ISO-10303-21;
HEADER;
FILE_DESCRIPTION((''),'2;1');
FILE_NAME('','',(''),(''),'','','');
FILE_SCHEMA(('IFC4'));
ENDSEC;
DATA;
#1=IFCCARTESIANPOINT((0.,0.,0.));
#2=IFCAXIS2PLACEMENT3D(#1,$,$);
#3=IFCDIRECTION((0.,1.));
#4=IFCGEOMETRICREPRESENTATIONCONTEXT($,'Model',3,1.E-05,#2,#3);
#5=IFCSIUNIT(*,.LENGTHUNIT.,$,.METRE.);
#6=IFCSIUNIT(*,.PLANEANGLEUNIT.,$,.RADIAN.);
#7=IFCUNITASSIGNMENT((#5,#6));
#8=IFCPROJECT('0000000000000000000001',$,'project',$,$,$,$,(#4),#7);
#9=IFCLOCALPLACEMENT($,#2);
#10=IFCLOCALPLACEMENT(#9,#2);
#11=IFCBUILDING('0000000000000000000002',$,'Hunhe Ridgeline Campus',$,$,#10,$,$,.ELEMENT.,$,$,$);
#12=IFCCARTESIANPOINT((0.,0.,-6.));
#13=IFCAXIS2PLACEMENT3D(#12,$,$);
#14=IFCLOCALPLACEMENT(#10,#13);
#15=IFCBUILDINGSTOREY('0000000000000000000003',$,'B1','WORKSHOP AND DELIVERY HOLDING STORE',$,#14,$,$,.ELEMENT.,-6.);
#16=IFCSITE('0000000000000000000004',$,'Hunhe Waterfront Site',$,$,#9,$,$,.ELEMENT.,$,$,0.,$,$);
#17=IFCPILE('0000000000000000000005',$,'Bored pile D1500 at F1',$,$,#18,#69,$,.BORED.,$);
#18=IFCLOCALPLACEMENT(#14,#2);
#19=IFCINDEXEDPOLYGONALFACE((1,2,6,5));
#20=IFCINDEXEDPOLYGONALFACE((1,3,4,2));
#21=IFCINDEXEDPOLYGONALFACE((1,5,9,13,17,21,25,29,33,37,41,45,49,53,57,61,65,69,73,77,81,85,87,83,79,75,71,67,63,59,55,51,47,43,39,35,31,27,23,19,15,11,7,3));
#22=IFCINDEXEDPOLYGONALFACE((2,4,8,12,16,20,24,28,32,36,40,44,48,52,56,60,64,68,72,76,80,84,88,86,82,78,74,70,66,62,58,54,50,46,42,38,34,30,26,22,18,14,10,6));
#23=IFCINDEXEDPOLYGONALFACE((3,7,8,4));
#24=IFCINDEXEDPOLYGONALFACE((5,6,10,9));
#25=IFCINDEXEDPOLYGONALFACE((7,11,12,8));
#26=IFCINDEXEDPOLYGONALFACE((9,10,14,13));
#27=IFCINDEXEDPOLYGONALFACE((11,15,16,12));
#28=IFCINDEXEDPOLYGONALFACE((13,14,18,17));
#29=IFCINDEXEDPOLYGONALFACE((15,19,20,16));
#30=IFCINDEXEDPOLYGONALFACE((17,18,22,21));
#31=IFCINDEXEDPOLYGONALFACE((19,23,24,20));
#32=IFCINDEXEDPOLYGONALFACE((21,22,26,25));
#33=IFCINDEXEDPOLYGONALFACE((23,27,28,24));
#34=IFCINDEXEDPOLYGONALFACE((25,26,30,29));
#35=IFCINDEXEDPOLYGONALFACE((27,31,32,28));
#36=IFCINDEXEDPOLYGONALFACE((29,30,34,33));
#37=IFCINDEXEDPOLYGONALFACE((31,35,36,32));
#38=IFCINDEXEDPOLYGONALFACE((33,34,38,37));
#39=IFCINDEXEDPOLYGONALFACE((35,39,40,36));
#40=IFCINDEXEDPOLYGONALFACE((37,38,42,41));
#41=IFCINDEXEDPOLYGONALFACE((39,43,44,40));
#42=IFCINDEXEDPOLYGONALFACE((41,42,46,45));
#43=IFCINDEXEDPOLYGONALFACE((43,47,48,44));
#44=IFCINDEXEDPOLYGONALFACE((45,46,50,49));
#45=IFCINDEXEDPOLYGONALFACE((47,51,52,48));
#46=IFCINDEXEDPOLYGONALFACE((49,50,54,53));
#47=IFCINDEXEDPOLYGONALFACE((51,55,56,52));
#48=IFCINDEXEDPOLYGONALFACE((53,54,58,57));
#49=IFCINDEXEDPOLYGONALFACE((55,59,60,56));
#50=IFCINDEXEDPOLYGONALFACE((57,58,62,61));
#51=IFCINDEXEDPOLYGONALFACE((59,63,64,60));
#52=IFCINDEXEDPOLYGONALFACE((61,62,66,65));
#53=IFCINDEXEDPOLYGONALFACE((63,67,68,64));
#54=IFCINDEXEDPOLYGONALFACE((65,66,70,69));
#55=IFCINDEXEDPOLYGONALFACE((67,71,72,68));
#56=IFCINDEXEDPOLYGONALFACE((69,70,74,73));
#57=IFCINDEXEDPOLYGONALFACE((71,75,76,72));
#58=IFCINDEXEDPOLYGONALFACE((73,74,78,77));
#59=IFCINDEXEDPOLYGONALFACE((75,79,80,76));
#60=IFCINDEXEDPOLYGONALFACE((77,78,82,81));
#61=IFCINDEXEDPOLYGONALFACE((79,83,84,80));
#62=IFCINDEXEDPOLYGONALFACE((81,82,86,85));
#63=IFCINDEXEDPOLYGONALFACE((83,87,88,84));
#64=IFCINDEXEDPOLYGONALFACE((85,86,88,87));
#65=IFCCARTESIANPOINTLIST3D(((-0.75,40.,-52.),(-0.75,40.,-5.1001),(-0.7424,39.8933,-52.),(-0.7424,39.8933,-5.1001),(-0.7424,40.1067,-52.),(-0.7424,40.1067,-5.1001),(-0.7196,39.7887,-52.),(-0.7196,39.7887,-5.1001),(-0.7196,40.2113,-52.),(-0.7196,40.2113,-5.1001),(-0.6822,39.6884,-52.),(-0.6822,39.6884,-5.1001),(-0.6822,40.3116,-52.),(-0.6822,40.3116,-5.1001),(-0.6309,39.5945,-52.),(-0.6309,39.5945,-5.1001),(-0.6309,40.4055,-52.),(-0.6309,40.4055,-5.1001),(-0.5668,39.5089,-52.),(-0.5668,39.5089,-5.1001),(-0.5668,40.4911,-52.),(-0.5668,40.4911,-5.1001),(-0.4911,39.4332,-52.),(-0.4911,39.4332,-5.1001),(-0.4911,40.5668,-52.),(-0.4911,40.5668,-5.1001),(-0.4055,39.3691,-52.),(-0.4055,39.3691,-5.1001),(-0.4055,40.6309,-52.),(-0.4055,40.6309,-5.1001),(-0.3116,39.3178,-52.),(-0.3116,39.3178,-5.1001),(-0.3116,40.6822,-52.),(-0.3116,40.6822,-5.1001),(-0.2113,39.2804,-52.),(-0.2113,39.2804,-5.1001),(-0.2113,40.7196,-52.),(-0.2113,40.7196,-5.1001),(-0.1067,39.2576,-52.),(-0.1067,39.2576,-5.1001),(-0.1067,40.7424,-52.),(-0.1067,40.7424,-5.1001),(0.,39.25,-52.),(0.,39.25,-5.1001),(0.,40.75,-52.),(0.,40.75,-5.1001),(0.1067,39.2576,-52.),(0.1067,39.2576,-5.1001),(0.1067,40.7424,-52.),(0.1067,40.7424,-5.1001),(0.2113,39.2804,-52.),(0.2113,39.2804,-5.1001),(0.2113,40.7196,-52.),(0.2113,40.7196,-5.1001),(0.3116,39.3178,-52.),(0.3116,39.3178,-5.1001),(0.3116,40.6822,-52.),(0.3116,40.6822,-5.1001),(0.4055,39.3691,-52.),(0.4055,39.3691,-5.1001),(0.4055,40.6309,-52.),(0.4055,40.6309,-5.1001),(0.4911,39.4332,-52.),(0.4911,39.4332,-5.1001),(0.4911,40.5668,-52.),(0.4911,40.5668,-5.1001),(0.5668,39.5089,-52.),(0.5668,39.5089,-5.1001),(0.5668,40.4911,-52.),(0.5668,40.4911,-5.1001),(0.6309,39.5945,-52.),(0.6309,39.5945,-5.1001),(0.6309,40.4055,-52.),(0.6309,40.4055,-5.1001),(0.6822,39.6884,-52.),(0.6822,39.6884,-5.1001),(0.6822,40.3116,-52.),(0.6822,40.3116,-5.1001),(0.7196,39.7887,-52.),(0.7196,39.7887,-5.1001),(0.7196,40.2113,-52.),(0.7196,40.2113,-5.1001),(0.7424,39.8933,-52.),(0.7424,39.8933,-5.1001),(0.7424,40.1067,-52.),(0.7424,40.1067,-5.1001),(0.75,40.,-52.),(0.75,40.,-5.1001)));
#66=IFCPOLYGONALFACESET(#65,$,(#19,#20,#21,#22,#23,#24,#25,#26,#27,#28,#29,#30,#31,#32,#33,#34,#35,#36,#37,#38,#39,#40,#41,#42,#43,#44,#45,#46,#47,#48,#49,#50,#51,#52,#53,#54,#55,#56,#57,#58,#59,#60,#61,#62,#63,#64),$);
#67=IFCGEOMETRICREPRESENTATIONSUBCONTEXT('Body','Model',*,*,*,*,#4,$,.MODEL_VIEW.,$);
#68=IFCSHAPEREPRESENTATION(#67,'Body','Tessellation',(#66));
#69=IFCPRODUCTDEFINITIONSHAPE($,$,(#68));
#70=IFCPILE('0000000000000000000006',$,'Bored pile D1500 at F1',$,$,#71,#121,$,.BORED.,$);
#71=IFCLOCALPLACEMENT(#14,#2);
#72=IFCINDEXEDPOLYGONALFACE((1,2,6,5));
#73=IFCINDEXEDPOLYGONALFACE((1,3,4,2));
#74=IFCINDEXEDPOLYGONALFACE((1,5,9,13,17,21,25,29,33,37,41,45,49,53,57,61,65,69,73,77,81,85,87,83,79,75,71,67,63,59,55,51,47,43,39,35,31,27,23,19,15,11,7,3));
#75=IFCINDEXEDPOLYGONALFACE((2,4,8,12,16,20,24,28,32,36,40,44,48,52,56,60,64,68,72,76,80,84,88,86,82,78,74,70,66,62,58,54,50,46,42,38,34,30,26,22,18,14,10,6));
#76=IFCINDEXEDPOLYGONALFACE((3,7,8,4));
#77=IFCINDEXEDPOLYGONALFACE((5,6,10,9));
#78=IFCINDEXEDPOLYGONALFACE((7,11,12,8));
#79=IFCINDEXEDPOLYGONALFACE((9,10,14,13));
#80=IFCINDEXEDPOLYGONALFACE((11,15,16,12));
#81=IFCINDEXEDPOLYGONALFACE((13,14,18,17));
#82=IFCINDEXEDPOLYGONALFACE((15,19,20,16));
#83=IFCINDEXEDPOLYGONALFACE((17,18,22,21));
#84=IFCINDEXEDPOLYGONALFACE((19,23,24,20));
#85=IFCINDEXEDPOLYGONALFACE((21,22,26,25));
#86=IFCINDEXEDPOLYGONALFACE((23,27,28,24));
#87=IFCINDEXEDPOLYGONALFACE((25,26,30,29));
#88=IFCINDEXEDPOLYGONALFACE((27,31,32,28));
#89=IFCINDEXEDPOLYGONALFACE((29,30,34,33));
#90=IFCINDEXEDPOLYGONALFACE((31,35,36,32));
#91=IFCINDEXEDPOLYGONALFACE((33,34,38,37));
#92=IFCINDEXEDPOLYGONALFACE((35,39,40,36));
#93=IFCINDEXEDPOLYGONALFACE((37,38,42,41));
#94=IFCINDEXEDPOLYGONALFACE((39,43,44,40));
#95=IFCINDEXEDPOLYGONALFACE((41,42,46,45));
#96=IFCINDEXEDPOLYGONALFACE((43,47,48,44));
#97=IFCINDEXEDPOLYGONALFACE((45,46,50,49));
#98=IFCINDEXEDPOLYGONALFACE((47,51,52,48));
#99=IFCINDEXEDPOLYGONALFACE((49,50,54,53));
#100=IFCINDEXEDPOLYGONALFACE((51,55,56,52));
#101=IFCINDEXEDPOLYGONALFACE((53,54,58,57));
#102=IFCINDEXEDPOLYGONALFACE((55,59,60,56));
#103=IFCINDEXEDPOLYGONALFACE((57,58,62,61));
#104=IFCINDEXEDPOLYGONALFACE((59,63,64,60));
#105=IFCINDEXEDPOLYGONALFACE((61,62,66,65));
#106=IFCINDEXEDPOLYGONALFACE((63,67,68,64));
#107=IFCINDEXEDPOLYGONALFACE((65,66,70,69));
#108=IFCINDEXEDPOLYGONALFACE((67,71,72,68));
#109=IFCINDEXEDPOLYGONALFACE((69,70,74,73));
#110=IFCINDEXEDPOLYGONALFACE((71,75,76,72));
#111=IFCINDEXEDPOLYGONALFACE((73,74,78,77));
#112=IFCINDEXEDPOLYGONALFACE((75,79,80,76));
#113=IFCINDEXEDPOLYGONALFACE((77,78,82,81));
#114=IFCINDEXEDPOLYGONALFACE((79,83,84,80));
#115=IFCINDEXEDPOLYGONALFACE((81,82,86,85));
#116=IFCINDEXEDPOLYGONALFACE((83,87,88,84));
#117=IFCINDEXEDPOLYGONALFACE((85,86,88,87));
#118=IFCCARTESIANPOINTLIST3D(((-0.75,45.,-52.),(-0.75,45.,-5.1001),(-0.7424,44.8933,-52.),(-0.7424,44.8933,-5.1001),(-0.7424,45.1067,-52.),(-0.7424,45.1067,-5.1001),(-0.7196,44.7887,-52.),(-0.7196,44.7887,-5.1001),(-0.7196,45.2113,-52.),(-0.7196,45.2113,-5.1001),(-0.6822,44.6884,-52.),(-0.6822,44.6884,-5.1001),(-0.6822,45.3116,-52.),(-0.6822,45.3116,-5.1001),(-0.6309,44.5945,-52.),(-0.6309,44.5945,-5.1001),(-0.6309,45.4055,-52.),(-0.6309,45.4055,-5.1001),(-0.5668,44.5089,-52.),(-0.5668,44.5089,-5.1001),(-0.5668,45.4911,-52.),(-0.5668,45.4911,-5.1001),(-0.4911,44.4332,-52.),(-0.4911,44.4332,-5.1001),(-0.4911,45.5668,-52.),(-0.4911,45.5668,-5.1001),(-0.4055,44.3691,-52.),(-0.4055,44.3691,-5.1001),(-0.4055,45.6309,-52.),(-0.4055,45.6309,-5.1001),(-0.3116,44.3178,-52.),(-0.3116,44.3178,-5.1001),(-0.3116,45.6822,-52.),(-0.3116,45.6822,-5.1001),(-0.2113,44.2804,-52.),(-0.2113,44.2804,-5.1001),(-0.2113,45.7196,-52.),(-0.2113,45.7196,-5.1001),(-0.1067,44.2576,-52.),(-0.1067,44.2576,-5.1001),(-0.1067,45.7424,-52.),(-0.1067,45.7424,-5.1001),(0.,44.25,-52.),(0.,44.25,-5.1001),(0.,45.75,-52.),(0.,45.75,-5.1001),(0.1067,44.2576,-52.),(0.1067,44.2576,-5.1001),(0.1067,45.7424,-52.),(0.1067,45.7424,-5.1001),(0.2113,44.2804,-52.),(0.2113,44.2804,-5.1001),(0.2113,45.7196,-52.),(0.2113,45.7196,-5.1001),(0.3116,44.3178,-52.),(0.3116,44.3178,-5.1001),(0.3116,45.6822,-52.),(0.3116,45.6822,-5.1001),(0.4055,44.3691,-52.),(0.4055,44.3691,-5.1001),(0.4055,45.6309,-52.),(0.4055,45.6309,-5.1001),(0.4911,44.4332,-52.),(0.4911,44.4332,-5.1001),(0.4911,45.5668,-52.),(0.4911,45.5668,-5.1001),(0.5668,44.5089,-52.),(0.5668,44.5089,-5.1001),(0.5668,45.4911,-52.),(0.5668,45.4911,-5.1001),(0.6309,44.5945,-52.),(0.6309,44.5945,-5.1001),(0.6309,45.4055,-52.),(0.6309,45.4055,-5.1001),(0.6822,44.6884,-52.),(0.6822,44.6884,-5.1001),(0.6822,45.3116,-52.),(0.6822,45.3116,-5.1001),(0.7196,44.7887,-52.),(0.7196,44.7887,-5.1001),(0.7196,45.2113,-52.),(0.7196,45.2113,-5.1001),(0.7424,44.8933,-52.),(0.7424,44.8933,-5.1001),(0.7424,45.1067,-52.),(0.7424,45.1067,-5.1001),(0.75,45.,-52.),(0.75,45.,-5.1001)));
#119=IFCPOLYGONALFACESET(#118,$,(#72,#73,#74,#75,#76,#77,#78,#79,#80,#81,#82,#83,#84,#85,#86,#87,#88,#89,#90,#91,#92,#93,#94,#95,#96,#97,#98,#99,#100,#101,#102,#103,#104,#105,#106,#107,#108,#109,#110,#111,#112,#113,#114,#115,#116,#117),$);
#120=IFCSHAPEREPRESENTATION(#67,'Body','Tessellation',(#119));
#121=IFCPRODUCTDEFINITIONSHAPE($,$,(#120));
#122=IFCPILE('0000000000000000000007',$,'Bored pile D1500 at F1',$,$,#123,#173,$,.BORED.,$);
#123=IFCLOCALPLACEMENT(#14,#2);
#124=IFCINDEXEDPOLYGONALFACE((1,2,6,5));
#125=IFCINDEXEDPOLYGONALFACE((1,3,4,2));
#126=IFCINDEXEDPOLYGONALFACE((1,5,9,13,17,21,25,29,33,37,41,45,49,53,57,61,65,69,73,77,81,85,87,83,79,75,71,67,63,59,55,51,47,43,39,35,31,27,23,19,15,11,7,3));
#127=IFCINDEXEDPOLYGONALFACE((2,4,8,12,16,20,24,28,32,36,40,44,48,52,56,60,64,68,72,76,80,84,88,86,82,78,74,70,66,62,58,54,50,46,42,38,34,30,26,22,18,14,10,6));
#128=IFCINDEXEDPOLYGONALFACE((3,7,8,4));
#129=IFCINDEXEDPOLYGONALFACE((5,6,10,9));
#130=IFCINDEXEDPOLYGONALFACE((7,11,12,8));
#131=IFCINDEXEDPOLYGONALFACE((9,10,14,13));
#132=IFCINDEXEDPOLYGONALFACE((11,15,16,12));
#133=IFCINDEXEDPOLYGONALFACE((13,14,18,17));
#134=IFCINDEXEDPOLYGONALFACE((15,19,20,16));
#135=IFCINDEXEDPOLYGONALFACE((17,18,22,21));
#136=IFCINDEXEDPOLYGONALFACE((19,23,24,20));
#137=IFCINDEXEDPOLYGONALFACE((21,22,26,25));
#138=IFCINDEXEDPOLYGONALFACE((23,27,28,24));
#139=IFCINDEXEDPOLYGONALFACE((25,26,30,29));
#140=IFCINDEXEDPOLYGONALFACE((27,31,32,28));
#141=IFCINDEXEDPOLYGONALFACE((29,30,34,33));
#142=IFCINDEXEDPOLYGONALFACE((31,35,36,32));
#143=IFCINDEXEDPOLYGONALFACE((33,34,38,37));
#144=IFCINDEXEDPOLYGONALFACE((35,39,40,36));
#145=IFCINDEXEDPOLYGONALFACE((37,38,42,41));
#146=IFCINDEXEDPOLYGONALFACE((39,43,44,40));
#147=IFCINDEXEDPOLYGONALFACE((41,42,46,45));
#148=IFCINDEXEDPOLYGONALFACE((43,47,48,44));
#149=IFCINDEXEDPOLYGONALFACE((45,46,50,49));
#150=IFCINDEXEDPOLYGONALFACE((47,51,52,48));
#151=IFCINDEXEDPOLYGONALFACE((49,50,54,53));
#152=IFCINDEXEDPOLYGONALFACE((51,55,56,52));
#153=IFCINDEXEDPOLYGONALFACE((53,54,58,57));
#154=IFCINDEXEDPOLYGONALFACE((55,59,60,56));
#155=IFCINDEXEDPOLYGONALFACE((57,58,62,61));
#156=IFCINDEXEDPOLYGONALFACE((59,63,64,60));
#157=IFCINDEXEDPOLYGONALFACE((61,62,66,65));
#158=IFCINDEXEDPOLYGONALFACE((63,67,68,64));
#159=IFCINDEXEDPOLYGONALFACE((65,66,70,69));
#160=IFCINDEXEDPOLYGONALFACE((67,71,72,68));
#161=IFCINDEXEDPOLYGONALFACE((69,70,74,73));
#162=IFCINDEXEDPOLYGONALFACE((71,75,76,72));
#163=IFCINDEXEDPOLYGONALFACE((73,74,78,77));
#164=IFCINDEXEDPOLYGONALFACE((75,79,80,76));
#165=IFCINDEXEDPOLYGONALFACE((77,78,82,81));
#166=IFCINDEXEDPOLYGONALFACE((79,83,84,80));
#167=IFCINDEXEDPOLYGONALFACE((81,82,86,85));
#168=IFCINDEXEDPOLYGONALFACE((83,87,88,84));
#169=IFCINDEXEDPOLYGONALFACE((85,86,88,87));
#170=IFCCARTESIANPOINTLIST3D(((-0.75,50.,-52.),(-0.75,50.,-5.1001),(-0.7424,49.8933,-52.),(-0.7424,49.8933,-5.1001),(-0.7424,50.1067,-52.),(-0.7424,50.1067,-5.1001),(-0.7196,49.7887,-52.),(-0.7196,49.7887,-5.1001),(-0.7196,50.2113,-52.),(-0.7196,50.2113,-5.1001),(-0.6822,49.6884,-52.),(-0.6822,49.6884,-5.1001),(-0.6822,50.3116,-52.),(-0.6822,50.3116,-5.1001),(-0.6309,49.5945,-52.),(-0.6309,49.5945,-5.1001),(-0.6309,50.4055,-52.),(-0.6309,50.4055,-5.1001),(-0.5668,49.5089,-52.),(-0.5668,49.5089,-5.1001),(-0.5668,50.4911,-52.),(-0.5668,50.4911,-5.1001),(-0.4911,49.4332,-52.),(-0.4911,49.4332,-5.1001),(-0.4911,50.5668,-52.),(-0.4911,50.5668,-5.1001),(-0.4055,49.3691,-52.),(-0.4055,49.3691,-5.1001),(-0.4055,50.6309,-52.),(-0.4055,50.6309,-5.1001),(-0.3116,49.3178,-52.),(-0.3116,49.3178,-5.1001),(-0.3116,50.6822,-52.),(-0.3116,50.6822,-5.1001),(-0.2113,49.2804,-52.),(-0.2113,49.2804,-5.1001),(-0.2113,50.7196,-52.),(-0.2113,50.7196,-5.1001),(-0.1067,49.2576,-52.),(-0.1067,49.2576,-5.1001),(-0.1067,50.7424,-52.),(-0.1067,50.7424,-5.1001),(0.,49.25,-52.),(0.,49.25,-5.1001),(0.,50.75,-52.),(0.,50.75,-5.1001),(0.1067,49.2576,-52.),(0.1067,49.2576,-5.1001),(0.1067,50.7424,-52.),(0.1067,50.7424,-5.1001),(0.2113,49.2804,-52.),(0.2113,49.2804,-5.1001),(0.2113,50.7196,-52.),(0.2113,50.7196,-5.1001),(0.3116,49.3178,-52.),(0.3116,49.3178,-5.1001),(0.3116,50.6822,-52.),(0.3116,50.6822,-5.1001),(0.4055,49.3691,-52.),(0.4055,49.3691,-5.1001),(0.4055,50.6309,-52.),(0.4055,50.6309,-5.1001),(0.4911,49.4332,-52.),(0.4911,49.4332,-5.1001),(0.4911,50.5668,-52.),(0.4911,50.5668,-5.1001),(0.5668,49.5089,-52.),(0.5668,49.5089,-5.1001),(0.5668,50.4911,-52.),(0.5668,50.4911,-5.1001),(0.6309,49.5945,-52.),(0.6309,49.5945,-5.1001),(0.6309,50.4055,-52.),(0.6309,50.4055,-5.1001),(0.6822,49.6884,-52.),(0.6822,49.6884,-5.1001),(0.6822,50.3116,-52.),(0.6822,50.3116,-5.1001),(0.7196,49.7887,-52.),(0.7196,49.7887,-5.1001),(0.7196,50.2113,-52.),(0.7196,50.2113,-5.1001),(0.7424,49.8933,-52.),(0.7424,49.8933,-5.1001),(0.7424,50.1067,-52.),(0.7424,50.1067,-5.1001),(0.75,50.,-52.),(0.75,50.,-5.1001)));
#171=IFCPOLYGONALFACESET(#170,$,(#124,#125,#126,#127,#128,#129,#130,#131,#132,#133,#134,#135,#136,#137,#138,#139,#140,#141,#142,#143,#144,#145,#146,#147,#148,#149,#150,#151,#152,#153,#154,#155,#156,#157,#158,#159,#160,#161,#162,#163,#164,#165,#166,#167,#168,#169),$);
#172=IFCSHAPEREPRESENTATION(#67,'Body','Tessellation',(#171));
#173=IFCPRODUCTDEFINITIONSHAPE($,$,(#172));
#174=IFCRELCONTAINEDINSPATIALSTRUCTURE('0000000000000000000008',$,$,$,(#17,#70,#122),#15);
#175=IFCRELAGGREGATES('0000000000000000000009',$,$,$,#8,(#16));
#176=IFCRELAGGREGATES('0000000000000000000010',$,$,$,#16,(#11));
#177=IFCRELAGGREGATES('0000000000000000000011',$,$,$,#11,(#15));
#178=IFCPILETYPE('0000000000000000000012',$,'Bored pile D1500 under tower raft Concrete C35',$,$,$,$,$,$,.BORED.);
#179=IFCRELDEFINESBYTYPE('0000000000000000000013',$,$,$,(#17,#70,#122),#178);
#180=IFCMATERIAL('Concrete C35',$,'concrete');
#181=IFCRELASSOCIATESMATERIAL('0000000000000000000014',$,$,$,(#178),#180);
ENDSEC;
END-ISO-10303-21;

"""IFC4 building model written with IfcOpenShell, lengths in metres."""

from ifc_helpers import new_model, si_unit, direction, frame, origin, origin_2d, place, context, subcontext, project, spatial, circle, extrude, material, material_profile, profile_set, type_object, element, save


model = new_model("IFC4")

# Units and contexts
model_context = context("Model", 3, precision=1e-05, world=origin(), true_north=direction((0.0, 1.0)))
body_context = subcontext(model_context, "Body", "Model", "MODEL_VIEW")
ifc_project = project(units=[si_unit("LENGTHUNIT", "METRE"), si_unit("PLANEANGLEUNIT", "RADIAN")], contexts=[model_context])

# Site, building, storey
site_placement = place(None, origin())
site = spatial("IfcSite", under=ifc_project, at=site_placement, Name="Hunhe Waterfront Site", CompositionType="ELEMENT", RefElevation=0.0)
building_placement = place(site_placement, origin())
building = spatial("IfcBuilding", under=site, at=building_placement, Name="Hunhe Ridgeline Campus", CompositionType="ELEMENT")
storey_placement = place(building_placement, frame((0.0, 0.0, -6.0)))
storey = spatial("IfcBuildingStorey", under=building, at=storey_placement, Name="B1", Description="WORKSHOP AND DELIVERY HOLDING STORE", CompositionType="ELEMENT", Elevation=-6.0)

# Piles
ifc_material_1 = material(Name="Concrete C35", Category="concrete")
ifc_material_profile_1 = material_profile(ifc_material_1, circle(Radius=0.75, at=origin_2d()))
ifc_profile_set_1 = profile_set([ifc_material_profile_1], Name="Concrete C35")
pile_type = type_object("IfcPileType", Name="Bored pile D1500 under tower raft Concrete C35", PredefinedType="BORED", material=ifc_profile_set_1)
for number, where, z_axis, x_axis, name in (
    (1, (0.0, 40.0, -5.1001), (0.0, 0.0, -1.0), (1.0, 0.0, 0.0), "Bored pile D1500 at F1"),
    (2, (0.0, 45.0, -5.1001), (0.0, 0.0, -1.0), (1.0, 0.0, 0.0), "Bored pile D1500 at F1"),
    (3, (0.0, 50.0, -5.1001), (0.0, 0.0, -1.0), (1.0, 0.0, 0.0), "Bored pile D1500 at F1"),
):
    element("IfcPile", number, at=place(storey_placement, frame(where, z_axis=z_axis, x_axis=x_axis)), inside=storey, type_object=pile_type, Name=name, PredefinedType="BORED", context=body_context, shape_type="SweptSolid", body=[
        extrude(circle(Radius=0.75, at=origin_2d()), origin(), (0.0, 0.0, 1.0), 46.8999),
    ])

save(model, "model.ifc")
